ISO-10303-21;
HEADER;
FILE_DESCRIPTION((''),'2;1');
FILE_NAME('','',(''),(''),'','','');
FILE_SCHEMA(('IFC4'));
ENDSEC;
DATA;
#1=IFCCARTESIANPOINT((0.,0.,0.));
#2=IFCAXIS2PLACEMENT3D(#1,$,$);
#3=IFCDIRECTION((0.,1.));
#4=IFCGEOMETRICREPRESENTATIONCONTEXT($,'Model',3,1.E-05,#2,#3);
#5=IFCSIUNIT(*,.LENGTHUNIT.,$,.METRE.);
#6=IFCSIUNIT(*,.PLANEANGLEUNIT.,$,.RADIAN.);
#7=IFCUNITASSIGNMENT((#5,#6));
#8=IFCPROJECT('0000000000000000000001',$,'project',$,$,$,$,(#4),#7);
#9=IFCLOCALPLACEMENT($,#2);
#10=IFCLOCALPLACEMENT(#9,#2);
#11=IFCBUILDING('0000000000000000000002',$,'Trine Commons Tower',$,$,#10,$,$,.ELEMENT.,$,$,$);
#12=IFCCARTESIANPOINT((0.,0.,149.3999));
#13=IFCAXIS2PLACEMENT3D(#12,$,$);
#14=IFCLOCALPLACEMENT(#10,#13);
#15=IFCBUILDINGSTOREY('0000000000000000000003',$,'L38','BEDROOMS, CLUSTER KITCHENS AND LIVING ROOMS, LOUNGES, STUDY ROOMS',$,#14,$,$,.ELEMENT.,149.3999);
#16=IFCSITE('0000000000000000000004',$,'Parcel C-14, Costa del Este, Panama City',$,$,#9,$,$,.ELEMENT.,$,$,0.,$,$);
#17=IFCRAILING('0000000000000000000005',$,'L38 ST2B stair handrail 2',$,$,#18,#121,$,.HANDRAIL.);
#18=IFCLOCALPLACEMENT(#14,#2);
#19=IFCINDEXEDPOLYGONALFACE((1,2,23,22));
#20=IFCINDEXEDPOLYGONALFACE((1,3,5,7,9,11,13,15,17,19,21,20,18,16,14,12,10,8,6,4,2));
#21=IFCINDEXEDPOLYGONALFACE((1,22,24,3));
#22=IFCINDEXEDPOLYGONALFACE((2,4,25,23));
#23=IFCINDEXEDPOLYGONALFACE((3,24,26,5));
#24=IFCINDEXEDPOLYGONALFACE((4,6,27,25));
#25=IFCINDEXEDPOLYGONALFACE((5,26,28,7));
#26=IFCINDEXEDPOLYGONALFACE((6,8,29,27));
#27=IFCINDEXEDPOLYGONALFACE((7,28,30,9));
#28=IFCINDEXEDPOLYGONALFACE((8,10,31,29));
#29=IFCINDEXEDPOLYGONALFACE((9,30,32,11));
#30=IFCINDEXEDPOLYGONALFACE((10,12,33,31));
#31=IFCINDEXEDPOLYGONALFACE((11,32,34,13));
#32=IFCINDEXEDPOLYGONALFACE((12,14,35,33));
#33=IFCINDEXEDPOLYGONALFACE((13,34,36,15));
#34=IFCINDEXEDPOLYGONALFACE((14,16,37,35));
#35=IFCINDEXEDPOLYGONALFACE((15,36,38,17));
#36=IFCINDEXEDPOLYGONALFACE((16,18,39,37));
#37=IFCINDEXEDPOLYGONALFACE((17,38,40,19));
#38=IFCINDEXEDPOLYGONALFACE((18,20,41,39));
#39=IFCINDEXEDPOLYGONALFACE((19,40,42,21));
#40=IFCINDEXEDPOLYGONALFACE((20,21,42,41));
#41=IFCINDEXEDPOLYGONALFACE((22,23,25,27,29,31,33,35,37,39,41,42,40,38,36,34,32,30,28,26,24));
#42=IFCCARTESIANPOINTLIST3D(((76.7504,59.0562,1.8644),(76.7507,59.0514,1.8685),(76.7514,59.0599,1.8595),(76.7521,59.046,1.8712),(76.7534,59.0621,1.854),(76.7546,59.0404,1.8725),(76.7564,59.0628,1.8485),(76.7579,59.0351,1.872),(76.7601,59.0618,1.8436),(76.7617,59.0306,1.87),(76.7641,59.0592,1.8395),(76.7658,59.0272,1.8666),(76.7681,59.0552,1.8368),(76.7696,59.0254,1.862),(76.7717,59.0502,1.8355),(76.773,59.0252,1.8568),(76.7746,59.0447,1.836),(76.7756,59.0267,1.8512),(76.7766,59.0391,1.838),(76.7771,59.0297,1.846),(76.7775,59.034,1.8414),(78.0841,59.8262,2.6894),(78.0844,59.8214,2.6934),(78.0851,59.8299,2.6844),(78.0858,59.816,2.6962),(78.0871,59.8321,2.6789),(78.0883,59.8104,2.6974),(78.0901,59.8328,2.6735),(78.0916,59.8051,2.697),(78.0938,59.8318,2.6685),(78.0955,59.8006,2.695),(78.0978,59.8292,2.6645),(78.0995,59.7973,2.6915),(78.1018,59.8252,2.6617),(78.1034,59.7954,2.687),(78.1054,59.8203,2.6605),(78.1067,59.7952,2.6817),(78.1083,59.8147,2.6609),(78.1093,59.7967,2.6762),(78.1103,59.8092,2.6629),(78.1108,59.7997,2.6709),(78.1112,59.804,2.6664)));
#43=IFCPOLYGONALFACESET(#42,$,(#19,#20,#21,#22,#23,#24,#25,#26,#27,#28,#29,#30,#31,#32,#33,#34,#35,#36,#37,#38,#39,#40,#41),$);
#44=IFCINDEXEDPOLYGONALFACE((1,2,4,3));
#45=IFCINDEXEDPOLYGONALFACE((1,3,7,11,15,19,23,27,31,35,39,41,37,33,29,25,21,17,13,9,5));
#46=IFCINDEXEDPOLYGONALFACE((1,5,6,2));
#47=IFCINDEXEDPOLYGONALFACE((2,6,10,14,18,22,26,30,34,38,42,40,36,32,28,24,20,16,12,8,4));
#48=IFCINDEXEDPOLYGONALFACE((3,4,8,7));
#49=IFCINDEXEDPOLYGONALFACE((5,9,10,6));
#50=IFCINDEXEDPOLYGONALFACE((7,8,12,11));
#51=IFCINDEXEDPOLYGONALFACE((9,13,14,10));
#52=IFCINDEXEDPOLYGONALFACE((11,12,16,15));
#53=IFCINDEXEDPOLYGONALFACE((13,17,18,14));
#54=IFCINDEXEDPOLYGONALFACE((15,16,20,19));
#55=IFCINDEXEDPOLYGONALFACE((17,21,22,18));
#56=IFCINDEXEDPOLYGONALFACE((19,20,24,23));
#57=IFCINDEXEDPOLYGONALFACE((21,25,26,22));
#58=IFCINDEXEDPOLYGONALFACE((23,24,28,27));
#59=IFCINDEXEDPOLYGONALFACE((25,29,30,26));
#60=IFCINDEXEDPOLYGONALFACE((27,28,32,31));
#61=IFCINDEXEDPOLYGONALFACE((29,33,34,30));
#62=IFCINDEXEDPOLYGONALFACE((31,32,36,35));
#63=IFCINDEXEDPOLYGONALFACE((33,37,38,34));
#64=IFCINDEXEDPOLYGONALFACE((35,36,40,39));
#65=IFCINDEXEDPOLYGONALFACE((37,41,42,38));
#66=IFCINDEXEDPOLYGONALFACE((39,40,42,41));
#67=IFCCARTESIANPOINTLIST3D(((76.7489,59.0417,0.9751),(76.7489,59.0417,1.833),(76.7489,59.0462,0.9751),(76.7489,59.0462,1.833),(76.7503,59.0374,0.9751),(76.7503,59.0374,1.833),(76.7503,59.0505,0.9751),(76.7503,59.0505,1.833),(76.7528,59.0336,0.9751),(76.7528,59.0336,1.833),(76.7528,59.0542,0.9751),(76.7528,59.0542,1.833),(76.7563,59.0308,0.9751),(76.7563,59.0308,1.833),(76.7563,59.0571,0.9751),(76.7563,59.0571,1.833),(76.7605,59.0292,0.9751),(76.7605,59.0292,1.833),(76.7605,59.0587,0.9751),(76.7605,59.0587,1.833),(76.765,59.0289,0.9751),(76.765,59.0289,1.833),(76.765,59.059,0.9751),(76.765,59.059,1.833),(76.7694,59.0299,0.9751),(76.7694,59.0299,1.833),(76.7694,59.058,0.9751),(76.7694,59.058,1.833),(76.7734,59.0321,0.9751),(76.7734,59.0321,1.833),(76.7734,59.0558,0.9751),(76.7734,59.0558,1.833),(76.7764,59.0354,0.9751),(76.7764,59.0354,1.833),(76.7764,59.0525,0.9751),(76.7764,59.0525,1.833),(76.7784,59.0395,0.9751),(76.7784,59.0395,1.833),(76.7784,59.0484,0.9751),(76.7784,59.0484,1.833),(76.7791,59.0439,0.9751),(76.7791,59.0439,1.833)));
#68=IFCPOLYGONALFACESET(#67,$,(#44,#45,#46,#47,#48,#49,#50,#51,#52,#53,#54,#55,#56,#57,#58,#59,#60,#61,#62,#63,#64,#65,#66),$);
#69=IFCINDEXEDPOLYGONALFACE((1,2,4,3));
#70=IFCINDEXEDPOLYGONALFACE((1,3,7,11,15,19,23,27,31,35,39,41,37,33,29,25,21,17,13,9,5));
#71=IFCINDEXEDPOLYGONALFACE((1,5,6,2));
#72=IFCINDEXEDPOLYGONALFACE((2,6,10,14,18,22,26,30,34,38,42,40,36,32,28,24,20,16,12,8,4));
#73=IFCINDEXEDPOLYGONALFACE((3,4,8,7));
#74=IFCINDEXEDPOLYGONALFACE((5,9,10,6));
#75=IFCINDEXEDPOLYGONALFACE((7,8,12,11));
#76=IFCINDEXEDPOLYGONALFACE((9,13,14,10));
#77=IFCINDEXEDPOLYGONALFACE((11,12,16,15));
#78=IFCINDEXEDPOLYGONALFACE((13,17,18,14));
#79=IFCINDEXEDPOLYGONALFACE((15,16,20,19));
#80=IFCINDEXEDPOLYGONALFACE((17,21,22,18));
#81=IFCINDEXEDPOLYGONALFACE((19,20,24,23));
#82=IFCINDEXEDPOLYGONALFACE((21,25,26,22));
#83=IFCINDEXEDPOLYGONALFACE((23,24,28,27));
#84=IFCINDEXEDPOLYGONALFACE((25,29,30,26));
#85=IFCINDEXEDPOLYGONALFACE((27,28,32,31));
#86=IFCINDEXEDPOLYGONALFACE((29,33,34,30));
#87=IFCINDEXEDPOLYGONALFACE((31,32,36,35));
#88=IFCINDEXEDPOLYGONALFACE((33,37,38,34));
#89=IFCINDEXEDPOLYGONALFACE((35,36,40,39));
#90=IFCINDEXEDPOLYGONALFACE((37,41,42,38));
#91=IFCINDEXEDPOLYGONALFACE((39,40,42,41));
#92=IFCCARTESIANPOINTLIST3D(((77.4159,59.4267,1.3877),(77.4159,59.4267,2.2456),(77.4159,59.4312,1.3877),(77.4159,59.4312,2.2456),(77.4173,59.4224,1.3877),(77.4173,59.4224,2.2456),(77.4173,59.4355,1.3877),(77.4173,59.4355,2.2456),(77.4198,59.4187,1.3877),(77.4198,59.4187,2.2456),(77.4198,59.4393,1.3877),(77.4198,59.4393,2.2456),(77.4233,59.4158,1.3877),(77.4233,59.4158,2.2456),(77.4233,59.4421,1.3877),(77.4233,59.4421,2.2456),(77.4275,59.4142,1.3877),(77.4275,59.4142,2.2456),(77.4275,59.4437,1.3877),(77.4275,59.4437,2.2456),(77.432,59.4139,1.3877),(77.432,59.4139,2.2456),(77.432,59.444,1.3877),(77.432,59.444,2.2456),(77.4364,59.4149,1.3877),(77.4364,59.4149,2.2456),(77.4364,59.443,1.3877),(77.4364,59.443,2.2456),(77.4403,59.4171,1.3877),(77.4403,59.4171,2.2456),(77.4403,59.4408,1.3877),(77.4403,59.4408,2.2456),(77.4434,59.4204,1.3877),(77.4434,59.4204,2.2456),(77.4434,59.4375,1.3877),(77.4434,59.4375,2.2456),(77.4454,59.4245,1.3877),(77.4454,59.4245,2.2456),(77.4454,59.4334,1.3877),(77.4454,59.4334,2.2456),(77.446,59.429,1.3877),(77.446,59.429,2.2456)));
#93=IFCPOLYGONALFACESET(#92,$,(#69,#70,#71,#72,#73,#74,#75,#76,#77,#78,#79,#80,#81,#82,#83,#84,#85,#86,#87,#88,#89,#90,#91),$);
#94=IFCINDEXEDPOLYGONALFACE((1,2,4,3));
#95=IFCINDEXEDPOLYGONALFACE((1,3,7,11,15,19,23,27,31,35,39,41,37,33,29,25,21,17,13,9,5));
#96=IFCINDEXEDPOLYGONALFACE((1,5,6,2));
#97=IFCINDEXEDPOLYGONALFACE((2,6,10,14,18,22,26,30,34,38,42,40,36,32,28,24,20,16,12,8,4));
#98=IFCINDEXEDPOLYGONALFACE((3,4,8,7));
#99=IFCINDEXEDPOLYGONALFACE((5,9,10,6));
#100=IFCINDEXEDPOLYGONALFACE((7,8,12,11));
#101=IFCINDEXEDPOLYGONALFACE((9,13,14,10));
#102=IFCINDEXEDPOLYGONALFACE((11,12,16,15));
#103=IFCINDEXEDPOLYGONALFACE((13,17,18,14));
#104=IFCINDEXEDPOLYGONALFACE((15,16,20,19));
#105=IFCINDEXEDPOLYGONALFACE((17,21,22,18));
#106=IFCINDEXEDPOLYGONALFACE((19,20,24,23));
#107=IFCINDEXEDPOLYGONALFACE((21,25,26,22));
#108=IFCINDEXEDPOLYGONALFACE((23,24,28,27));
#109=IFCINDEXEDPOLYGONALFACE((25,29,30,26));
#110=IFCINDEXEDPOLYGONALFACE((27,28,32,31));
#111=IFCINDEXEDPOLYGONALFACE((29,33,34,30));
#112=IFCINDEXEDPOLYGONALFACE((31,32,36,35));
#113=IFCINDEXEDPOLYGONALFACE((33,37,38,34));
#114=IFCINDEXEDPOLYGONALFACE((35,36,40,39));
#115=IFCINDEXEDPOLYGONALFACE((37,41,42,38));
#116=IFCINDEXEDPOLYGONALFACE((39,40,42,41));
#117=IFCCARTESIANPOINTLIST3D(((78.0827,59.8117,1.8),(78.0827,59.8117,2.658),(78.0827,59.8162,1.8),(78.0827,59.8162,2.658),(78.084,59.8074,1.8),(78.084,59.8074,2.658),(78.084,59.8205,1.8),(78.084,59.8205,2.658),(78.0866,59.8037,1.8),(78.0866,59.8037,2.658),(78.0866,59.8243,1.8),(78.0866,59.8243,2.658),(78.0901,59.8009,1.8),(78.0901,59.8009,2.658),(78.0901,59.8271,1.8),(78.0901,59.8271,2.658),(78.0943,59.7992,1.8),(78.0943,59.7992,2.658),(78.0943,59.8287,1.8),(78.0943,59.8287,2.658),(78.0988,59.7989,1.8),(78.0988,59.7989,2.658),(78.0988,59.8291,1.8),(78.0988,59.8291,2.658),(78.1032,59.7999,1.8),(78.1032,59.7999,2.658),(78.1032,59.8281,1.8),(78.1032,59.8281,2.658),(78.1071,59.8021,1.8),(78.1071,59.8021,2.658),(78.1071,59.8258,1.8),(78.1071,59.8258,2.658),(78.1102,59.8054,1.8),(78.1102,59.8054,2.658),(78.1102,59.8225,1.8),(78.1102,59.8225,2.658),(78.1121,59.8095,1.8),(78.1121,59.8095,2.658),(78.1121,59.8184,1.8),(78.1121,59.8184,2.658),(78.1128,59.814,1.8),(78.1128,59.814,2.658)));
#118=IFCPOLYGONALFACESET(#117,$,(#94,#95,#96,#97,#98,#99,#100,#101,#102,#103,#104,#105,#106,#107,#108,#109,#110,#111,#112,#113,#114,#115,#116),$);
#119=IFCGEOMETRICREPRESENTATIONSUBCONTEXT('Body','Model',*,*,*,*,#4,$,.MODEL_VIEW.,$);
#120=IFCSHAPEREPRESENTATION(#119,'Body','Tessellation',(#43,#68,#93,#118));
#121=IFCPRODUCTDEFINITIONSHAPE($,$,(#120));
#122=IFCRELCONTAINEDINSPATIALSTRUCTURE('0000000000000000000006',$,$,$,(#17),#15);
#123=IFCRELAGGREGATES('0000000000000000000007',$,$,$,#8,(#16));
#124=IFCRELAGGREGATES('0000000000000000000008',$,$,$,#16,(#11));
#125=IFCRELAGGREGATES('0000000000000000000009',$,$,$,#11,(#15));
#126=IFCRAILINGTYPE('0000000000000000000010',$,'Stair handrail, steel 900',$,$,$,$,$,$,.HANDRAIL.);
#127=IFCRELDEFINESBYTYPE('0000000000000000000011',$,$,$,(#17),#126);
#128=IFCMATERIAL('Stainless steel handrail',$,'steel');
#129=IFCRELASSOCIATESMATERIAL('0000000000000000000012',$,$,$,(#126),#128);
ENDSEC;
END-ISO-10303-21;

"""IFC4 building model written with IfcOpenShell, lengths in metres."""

from ifc_helpers import new_model, si_unit, direction, frame, origin, origin_2d, place, context, subcontext, project, spatial, circle, extrude, material, type_object, element, save


model = new_model("IFC4")

# Units and contexts
model_context = context("Model", 3, precision=1e-05, world=origin(), true_north=direction((0.0, 1.0)))
body_context = subcontext(model_context, "Body", "Model", "MODEL_VIEW")
ifc_project = project(units=[si_unit("LENGTHUNIT", "METRE"), si_unit("PLANEANGLEUNIT", "RADIAN")], contexts=[model_context])

# Site, building, storey
site_placement = place(None, origin())
site = spatial("IfcSite", under=ifc_project, at=site_placement, Name="Parcel C-14, Costa del Este, Panama City", CompositionType="ELEMENT", RefElevation=0.0)
building_placement = place(site_placement, origin())
building = spatial("IfcBuilding", under=site, at=building_placement, Name="Trine Commons Tower", CompositionType="ELEMENT")
storey_placement = place(building_placement, frame((0.0, 0.0, 149.3999)))
storey = spatial("IfcBuildingStorey", under=building, at=storey_placement, Name="L38", Description="BEDROOMS, CLUSTER KITCHENS AND LIVING ROOMS, LOUNGES, STUDY ROOMS", CompositionType="ELEMENT", Elevation=149.3999)

# Railing
ifc_material_1 = material(Name="Stainless steel handrail", Category="steel")
railing_type_1 = type_object("IfcRailingType", Name="Stair handrail, steel 900", PredefinedType="HANDRAIL", material=ifc_material_1)
for number, where, name in (
    (1, (76.7639, 59.0439, 0.9751), "L38 ST2B stair handrail 2"),
):
    element("IfcRailing", number, at=place(storey_placement, frame(where)), inside=storey, type_object=railing_type_1, Name=name, PredefinedType="HANDRAIL", context=body_context, shape_type="SweptSolid", body=[
        extrude(circle(Radius=0.021, at=origin_2d()), frame((0.0, 0.0, 0.8789), z_axis=(0.763405, 0.440743, 0.472185), x_axis=(-0.499992, 0.86603, 0.0)), (0.0, 0.0, 1.0), 1.7471),
        extrude(circle(Radius=0.0151, at=origin_2d()), origin(), (0.0, 0.0, 1.0), 0.8579),
        extrude(circle(Radius=0.0151, at=origin_2d()), frame((0.667, 0.385, 0.4126)), (0.0, 0.0, 1.0), 0.8579),
        extrude(circle(Radius=0.0151, at=origin_2d()), frame((1.3337, 0.77, 0.825)), (0.0, 0.0, 1.0), 0.8579),
    ])

save(model, "model.ifc")
